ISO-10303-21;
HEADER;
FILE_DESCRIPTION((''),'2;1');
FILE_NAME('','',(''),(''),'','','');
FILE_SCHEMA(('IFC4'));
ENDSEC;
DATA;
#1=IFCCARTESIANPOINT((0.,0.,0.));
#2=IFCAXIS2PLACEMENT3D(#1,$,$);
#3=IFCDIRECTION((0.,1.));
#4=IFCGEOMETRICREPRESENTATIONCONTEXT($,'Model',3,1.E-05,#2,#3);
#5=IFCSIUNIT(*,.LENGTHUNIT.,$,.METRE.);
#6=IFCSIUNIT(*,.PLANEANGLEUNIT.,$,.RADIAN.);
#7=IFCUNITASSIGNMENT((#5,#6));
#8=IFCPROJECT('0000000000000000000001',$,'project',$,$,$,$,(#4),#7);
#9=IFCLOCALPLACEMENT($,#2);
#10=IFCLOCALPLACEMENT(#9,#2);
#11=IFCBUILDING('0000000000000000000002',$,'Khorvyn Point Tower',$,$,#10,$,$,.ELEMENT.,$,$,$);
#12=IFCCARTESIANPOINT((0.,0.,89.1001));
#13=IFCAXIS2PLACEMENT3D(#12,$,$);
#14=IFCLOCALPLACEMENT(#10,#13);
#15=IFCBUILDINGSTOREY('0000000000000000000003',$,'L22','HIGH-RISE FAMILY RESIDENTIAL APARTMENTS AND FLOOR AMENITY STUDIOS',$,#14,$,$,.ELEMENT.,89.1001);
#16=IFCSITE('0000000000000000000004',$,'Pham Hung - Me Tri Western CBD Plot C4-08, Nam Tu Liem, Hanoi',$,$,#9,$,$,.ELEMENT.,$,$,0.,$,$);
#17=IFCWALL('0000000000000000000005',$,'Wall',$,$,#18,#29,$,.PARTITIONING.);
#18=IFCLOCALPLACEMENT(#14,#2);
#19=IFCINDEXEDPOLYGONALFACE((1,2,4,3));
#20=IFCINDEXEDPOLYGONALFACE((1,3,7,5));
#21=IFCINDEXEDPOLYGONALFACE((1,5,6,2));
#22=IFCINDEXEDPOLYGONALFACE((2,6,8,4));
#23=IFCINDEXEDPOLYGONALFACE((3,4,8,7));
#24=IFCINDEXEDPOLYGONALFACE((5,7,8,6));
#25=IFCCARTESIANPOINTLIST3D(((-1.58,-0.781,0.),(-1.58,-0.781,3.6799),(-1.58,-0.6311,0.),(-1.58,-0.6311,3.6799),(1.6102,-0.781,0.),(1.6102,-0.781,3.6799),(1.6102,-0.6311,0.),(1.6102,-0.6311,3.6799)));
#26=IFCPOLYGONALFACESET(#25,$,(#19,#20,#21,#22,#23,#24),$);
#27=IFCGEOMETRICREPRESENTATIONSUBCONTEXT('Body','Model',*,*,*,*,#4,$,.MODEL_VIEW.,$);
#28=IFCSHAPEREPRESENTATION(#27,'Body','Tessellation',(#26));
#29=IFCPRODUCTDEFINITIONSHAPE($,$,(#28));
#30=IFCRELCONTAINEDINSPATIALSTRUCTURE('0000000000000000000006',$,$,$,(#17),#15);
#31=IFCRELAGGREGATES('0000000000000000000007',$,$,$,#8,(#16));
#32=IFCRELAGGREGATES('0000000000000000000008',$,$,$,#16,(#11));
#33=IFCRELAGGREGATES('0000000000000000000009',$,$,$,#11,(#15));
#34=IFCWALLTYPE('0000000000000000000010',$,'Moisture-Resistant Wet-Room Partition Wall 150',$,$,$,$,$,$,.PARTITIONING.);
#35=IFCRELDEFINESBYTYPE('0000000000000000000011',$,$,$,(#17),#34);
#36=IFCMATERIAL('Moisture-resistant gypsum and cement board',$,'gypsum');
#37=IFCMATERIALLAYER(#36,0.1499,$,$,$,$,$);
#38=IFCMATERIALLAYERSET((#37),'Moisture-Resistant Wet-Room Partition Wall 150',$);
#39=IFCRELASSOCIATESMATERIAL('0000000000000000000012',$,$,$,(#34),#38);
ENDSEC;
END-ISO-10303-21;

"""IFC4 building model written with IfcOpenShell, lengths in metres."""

from ifc_helpers import new_model, si_unit, direction, frame, frame_2d, origin, place, context, subcontext, project, spatial, rectangle, extrude, material, layer, layer_set, type_object, element, save


model = new_model("IFC4")

# Units and contexts
model_context = context("Model", 3, precision=1e-05, world=origin(), true_north=direction((0.0, 1.0)))
body_context = subcontext(model_context, "Body", "Model", "MODEL_VIEW")
ifc_project = project(units=[si_unit("LENGTHUNIT", "METRE"), si_unit("PLANEANGLEUNIT", "RADIAN")], contexts=[model_context])

# Site, building, storey
site_placement = place(None, origin())
site = spatial("IfcSite", under=ifc_project, at=site_placement, Name="Pham Hung - Me Tri Western CBD Plot C4-08, Nam Tu Liem, Hanoi", CompositionType="ELEMENT", RefElevation=0.0)
building_placement = place(site_placement, origin())
building = spatial("IfcBuilding", under=site, at=building_placement, Name="Khorvyn Point Tower", CompositionType="ELEMENT")
storey_placement = place(building_placement, frame((0.0, 0.0, 89.1001)))
storey = spatial("IfcBuildingStorey", under=building, at=storey_placement, Name="L22", Description="HIGH-RISE FAMILY RESIDENTIAL APARTMENTS AND FLOOR AMENITY STUDIOS", CompositionType="ELEMENT", Elevation=89.1001)

# Shared definitions
ifc_material_1 = material(Name="Moisture-resistant gypsum and cement board", Category="gypsum")
ifc_layer_1 = layer(ifc_material_1, 0.1499)
ifc_layer_set_1 = layer_set([ifc_layer_1], Name="Moisture-Resistant Wet-Room Partition Wall 150")
wall_type_1 = type_object("IfcWallType", Name="Moisture-Resistant Wet-Room Partition Wall 150", PredefinedType="PARTITIONING", material=ifc_layer_set_1)

# Wall
wall_1_placement = place(storey_placement, frame((-1.5801, -0.7061, 0.0), z_axis=(0.0, 0.0, 1.0), x_axis=(1.0, 0.0, 0.0)))
element("IfcWall", 1, at=wall_1_placement, inside=storey, type_object=wall_type_1, Name="Wall", PredefinedType="PARTITIONING", context=body_context, shape_type="SweptSolid", body=[
    extrude(rectangle(XDim=3.1902, YDim=0.1499, at=frame_2d((1.5952, 0.0))), origin(), (0.0, 0.0, 1.0), 3.6799),
])

save(model, "model.ifc")
